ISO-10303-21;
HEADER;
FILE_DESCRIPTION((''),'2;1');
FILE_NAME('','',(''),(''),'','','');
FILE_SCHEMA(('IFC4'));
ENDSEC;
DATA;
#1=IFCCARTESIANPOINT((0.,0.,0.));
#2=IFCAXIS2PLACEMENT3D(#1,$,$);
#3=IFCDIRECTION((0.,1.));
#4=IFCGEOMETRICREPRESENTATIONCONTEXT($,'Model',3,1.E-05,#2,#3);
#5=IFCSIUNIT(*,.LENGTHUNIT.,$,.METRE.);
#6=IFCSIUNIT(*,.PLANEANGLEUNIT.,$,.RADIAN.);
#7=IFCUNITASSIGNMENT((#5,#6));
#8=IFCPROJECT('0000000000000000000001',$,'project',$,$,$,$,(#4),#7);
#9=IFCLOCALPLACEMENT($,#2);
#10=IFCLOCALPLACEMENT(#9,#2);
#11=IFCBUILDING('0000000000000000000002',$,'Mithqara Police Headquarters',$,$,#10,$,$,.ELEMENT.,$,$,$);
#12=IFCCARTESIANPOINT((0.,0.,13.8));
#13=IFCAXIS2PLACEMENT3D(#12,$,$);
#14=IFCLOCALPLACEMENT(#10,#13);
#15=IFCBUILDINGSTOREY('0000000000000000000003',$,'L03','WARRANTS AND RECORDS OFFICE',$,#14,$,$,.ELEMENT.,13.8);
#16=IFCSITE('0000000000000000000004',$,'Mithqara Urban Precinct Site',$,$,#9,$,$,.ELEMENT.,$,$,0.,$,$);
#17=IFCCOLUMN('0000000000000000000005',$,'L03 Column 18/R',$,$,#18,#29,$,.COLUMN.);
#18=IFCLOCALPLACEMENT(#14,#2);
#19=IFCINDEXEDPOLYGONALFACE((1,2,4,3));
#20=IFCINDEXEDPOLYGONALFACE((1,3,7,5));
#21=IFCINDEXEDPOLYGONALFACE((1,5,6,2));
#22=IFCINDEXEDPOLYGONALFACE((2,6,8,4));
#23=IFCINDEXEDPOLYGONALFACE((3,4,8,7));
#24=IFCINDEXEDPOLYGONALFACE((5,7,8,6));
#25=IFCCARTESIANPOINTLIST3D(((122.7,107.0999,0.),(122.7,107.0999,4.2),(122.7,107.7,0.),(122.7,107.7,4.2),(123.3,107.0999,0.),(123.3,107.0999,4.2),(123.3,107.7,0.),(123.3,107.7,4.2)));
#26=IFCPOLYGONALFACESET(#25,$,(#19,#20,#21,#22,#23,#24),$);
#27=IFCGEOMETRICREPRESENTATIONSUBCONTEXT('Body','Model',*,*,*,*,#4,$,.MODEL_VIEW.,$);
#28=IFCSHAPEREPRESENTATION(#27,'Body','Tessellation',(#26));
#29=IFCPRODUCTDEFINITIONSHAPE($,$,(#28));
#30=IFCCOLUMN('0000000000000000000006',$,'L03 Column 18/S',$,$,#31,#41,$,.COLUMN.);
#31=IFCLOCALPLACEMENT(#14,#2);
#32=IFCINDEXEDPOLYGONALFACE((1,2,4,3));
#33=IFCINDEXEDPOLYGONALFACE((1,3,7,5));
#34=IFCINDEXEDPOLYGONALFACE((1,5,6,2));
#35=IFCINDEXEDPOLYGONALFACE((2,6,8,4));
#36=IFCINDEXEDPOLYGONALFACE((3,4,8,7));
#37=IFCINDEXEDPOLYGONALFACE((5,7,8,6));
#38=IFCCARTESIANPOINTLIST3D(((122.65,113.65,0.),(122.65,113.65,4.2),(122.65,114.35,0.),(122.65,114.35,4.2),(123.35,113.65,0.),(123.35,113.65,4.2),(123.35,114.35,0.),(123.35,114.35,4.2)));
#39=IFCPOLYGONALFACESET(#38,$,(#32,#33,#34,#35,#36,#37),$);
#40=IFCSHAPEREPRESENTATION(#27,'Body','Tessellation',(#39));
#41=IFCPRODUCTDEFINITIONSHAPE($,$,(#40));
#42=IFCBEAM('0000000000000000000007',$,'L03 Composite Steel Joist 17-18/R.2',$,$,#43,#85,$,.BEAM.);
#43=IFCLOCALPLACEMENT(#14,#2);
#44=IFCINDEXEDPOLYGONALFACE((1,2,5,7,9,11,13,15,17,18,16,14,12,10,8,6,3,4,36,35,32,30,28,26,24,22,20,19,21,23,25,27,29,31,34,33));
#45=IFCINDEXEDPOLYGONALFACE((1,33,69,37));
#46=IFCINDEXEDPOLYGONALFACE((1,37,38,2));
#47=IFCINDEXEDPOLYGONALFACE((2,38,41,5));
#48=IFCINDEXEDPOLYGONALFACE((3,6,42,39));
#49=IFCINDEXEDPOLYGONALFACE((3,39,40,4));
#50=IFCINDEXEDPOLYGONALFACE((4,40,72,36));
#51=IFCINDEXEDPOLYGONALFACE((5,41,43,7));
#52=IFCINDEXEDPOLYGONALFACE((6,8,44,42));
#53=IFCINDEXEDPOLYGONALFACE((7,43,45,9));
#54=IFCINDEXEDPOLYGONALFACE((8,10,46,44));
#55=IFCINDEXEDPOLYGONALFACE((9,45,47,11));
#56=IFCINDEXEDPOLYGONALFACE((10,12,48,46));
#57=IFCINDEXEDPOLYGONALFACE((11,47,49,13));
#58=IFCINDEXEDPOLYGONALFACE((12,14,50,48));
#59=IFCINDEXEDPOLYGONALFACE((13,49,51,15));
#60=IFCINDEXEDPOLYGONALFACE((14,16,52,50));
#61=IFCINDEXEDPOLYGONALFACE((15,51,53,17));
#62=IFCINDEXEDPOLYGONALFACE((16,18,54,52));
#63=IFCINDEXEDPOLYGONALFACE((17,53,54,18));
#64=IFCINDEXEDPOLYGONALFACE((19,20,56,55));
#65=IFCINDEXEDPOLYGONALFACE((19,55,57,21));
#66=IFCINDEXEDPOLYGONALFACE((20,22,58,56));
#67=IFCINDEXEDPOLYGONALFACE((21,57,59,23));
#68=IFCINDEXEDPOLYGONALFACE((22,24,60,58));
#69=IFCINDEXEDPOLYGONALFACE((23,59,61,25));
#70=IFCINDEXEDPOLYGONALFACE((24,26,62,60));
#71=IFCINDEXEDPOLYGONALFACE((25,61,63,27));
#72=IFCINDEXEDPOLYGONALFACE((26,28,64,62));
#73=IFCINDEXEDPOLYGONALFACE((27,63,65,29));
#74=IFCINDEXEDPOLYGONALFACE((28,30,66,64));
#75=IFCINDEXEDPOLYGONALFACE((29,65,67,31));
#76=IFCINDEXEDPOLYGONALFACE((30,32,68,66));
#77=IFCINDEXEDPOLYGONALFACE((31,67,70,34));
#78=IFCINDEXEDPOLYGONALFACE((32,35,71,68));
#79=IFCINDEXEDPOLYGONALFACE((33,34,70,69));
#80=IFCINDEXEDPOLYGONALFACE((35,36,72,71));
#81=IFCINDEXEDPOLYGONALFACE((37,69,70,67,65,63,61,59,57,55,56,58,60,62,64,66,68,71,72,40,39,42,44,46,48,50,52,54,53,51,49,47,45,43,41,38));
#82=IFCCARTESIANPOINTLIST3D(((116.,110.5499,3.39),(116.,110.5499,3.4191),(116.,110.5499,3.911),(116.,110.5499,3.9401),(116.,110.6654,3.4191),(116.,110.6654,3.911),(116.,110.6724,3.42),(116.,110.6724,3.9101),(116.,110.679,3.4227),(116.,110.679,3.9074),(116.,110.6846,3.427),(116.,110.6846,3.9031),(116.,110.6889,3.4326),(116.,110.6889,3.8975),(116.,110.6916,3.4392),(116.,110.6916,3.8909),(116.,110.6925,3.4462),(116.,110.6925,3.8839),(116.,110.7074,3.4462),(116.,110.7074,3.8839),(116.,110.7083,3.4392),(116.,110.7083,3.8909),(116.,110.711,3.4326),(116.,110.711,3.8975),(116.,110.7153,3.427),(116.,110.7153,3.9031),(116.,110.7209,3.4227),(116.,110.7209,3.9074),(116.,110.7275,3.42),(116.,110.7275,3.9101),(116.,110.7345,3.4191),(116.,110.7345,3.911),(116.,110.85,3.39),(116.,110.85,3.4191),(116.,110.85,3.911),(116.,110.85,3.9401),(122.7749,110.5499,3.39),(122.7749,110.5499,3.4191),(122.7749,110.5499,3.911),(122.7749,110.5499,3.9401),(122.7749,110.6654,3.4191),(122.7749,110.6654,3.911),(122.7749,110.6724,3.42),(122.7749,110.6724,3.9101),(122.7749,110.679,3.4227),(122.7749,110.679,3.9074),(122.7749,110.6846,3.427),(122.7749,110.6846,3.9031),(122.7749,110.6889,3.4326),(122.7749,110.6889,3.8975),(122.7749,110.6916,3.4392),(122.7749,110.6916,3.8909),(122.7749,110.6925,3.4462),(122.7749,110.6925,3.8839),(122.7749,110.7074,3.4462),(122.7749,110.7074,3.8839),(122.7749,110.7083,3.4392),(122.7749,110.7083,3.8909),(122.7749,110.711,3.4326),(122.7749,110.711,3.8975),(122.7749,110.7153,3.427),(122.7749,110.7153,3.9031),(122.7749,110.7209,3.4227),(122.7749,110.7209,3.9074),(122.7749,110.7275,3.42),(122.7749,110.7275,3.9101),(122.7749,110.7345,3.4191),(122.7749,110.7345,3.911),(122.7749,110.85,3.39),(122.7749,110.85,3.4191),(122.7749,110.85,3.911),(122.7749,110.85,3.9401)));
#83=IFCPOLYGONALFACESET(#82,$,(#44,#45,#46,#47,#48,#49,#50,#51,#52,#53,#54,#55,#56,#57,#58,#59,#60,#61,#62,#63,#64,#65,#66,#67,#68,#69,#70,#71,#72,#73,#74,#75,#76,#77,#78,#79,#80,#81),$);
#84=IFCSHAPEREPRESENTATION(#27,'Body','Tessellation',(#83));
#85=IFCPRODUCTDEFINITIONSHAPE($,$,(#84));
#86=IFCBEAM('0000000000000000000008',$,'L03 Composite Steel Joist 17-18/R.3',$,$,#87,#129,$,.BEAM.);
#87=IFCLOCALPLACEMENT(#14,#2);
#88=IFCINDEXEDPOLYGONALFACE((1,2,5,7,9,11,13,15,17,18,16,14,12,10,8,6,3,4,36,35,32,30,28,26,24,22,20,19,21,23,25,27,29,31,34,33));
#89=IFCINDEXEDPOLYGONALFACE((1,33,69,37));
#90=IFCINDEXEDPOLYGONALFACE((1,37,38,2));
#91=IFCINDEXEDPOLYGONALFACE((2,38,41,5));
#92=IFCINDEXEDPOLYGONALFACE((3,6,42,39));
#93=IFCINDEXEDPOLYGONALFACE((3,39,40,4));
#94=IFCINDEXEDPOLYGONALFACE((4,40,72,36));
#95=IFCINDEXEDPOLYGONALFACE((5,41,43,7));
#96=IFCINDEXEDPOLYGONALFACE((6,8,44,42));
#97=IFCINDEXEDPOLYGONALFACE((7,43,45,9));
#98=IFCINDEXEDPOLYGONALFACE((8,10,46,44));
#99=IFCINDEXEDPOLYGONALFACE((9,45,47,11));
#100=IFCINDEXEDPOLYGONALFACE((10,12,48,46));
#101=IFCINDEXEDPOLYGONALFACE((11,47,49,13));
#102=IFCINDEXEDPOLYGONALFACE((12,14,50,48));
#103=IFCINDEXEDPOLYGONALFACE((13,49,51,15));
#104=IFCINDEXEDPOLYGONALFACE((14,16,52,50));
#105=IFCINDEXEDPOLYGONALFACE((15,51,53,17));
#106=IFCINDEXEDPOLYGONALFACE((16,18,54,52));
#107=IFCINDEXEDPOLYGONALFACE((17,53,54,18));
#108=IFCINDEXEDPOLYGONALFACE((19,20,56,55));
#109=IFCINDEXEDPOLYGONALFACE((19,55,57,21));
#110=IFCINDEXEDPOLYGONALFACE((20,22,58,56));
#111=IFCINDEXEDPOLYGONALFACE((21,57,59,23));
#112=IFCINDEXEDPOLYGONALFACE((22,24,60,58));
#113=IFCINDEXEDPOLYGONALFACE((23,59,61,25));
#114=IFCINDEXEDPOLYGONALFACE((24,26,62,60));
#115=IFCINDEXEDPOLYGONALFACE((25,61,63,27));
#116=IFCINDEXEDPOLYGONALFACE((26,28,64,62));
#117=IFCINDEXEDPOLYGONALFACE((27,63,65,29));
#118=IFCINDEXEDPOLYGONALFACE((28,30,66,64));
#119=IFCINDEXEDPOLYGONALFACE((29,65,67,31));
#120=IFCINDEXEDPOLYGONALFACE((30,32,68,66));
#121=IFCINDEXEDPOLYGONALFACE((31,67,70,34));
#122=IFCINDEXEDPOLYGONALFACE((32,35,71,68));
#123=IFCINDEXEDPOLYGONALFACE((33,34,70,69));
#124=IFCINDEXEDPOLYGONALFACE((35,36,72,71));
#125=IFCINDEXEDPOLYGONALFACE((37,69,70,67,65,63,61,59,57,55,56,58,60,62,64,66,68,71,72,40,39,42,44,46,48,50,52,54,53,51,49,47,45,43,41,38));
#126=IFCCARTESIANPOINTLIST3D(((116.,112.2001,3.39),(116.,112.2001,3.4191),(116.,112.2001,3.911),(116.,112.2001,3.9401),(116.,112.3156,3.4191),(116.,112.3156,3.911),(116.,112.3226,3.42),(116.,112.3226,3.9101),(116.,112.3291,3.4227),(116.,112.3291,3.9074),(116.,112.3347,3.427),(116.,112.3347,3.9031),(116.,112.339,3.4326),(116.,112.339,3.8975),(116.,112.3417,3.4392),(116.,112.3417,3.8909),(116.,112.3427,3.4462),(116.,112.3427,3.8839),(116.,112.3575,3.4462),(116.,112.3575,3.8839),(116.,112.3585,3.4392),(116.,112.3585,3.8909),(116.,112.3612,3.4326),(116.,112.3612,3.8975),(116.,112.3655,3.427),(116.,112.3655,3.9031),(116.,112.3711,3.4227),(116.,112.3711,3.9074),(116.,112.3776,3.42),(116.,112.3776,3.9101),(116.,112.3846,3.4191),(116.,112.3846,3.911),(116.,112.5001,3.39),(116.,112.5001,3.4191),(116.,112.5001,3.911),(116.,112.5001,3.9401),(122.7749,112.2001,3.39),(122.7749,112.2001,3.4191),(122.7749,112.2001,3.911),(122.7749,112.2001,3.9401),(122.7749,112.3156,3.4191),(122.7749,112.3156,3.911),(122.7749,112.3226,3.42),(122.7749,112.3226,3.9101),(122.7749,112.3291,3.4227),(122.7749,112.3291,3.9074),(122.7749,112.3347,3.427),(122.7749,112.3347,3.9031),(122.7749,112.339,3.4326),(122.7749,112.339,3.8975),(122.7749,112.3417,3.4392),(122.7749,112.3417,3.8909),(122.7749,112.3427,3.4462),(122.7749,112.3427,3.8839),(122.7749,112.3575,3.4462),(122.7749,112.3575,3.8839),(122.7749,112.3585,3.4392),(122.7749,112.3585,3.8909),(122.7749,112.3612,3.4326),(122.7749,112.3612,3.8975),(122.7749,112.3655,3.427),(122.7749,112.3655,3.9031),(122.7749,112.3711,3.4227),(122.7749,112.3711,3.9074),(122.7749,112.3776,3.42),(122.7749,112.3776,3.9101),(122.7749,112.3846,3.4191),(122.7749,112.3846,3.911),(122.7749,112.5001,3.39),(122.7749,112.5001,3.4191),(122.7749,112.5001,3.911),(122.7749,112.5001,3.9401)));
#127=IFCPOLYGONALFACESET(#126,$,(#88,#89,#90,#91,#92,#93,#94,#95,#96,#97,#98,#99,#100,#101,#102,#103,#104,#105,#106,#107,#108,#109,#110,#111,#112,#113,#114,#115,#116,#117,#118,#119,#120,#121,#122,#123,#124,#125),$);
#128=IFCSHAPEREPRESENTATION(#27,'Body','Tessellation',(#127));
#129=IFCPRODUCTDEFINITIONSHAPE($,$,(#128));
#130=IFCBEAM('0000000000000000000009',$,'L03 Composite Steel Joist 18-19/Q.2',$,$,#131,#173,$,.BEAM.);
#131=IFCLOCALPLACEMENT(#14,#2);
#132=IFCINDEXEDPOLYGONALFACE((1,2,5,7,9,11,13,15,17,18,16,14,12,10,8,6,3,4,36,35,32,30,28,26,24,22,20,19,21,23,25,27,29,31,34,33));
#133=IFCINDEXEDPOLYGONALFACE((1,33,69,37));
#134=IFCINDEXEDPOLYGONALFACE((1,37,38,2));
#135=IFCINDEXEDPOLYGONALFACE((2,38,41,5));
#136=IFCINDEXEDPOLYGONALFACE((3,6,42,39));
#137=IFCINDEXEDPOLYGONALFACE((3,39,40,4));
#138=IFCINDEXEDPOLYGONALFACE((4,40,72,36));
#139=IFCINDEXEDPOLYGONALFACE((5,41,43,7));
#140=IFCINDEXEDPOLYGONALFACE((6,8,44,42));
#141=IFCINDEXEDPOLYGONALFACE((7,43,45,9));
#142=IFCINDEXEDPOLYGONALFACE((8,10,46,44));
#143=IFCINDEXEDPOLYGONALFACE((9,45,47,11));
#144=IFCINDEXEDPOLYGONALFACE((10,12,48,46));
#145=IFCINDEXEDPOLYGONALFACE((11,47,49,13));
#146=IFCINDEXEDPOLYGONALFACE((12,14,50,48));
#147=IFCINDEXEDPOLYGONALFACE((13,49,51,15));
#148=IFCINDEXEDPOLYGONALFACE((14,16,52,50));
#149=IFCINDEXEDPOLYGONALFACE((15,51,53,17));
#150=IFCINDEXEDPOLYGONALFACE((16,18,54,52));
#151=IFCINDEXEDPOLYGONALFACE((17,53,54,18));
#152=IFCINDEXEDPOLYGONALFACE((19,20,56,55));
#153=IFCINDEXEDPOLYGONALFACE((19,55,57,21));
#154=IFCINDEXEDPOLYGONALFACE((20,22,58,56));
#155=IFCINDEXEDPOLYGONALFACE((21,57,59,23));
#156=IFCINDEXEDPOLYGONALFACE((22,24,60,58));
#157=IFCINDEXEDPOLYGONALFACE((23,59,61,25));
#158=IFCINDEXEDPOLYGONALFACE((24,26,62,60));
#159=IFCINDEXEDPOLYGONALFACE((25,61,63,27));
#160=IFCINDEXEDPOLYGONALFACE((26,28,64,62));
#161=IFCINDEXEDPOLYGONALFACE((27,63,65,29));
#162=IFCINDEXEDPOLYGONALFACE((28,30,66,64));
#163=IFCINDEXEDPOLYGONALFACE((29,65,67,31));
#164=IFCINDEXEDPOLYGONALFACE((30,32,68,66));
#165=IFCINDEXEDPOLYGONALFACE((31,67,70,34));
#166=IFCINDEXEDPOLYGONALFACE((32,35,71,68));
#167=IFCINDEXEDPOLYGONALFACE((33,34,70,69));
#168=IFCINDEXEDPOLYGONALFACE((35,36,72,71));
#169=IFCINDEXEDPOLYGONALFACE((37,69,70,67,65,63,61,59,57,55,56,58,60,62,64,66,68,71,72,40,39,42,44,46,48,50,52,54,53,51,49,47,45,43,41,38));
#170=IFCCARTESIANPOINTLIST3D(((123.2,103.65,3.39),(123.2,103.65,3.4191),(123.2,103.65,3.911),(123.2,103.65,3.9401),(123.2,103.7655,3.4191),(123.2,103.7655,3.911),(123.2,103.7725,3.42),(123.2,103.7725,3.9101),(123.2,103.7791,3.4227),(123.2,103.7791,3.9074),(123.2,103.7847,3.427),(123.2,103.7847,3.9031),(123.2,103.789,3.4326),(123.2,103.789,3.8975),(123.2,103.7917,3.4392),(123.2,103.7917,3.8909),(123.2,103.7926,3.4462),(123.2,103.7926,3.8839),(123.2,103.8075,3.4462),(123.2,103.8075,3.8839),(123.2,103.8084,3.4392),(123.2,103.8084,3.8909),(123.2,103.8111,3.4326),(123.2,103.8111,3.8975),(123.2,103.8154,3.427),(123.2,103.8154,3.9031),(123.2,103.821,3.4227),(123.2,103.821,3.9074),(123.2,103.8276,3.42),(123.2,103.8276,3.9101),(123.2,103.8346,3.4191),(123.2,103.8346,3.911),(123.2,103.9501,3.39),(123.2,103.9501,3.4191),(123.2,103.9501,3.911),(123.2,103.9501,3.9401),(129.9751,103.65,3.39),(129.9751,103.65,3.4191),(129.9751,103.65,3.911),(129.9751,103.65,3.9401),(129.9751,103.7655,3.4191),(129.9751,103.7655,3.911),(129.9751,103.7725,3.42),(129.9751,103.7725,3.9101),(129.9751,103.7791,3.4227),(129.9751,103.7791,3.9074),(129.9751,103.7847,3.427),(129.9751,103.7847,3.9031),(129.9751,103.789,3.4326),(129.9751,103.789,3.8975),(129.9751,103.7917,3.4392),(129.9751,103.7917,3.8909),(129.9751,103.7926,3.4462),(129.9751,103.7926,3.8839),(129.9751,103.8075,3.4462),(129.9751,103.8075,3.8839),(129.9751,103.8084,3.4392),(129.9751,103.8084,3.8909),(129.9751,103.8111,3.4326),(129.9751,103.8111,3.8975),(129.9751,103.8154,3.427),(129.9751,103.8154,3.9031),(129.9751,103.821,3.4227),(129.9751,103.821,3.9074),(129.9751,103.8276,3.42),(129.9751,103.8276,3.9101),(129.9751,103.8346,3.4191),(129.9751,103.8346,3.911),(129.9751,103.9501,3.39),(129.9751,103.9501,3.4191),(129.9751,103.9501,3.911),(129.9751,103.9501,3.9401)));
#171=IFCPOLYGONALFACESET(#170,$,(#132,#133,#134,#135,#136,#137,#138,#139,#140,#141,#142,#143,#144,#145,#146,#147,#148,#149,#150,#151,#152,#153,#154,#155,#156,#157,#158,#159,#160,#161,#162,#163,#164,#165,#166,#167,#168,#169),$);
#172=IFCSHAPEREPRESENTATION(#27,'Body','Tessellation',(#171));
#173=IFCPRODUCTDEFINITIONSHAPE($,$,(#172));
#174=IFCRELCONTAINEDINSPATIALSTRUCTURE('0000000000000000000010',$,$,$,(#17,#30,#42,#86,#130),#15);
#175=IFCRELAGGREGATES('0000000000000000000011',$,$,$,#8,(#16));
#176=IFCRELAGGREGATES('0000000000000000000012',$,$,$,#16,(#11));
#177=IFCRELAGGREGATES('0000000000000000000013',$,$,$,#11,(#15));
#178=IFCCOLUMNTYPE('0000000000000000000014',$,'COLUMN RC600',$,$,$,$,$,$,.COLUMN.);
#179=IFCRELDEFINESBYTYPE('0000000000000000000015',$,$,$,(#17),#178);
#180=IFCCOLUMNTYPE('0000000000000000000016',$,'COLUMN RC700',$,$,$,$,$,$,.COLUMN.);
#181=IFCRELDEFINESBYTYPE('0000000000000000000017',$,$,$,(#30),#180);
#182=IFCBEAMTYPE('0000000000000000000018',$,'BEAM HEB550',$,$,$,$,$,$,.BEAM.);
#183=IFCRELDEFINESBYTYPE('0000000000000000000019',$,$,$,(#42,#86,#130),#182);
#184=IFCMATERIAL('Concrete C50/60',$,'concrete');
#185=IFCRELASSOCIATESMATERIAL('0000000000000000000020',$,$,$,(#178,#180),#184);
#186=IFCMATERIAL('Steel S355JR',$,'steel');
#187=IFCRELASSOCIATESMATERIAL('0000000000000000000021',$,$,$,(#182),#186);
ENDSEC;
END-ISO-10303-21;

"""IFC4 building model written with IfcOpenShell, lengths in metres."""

from ifc_helpers import new_model, si_unit, direction, frame, origin, origin_2d, place, context, subcontext, project, spatial, rectangle, i_section, extrude, material, material_profile, profile_set, type_object, element, save


model = new_model("IFC4")

# Units and contexts
model_context = context("Model", 3, precision=1e-05, world=origin(), true_north=direction((0.0, 1.0)))
body_context = subcontext(model_context, "Body", "Model", "MODEL_VIEW")
ifc_project = project(units=[si_unit("LENGTHUNIT", "METRE"), si_unit("PLANEANGLEUNIT", "RADIAN")], contexts=[model_context])

# Site, building, storey
site_placement = place(None, origin())
site = spatial("IfcSite", under=ifc_project, at=site_placement, Name="Mithqara Urban Precinct Site", CompositionType="ELEMENT", RefElevation=0.0)
building_placement = place(site_placement, origin())
building = spatial("IfcBuilding", under=site, at=building_placement, Name="Mithqara Police Headquarters", CompositionType="ELEMENT")
storey_placement = place(building_placement, frame((0.0, 0.0, 13.8)))
storey = spatial("IfcBuildingStorey", under=building, at=storey_placement, Name="L03", Description="WARRANTS AND RECORDS OFFICE", CompositionType="ELEMENT", Elevation=13.8)

# Columns
ifc_material_1 = material(Name="Concrete C50/60", Category="concrete")
ifc_material_profile_1 = material_profile(ifc_material_1, rectangle(XDim=0.6001, YDim=0.6001, at=origin_2d()), Name="RC 600x600")
ifc_profile_set_1 = profile_set([ifc_material_profile_1], Name="Concrete C50/60")
column_type_1 = type_object("IfcColumnType", Name="COLUMN RC600", PredefinedType="COLUMN", material=ifc_profile_set_1)
column_1_placement = place(storey_placement, frame((123.0, 107.3999, 0.0), z_axis=(0.0, 0.0, 1.0), x_axis=(1.0, 0.0, 0.0)))
element("IfcColumn", 1, at=column_1_placement, inside=storey, type_object=column_type_1, Name="L03 Column 18/R", PredefinedType="COLUMN", context=body_context, shape_type="SweptSolid", body=[
    extrude(rectangle(XDim=0.6001, YDim=0.6001, at=origin_2d()), origin(), (0.0, 0.0, 1.0), 4.2),
])
ifc_material_profile_2 = material_profile(ifc_material_1, rectangle(XDim=0.7, YDim=0.7, at=origin_2d()), Name="RC 700x700")
ifc_profile_set_2 = profile_set([ifc_material_profile_2], Name="Concrete C50/60")
column_type_2 = type_object("IfcColumnType", Name="COLUMN RC700", PredefinedType="COLUMN", material=ifc_profile_set_2)
column_2_placement = place(storey_placement, frame((123.0, 114.0, 0.0), z_axis=(0.0, 0.0, 1.0), x_axis=(1.0, 0.0, 0.0)))
element("IfcColumn", 2, at=column_2_placement, inside=storey, type_object=column_type_2, Name="L03 Column 18/S", PredefinedType="COLUMN", context=body_context, shape_type="SweptSolid", body=[
    extrude(rectangle(XDim=0.7, YDim=0.7, at=origin_2d()), origin(), (0.0, 0.0, 1.0), 4.2),
])

# Beams
ifc_material_2 = material(Name="Steel S355JR", Category="steel")
ifc_material_profile_3 = material_profile(ifc_material_2, i_section(OverallWidth=0.3, OverallDepth=0.55, WebThickness=0.0149, FlangeThickness=0.0291, FilletRadius=0.0271, at=origin_2d()), Name="HEB 550")
ifc_profile_set_3 = profile_set([ifc_material_profile_3], Name="Steel S355JR")
beam_type_1 = type_object("IfcBeamType", Name="BEAM HEB550", PredefinedType="BEAM", material=ifc_profile_set_3)
for number, where, z_axis, x_axis, name in (
    (3, (116.0, 110.7, 3.665), (1.0, 0.0, 0.0), (0.0, 1.0, 0.0), "L03 Composite Steel Joist 17-18/R.2"),
    (4, (116.0, 112.3501, 3.665), (1.0, 0.0, 0.0), (0.0, 1.0, 0.0), "L03 Composite Steel Joist 17-18/R.3"),
):
    element("IfcBeam", number, at=place(storey_placement, frame(where, z_axis=z_axis, x_axis=x_axis)), inside=storey, type_object=beam_type_1, Name=name, PredefinedType="BEAM", context=body_context, shape_type="SweptSolid", body=[
        extrude(i_section(OverallWidth=0.3, OverallDepth=0.55, WebThickness=0.0149, FlangeThickness=0.0291, FilletRadius=0.0271, at=origin_2d()), origin(), (0.0, 0.0, 1.0), 6.7749),
    ])
for number, where, z_axis, x_axis, name in (
    (5, (123.2, 103.8, 3.665), (1.0, 0.0, 0.0), (0.0, 1.0, 0.0), "L03 Composite Steel Joist 18-19/Q.2"),
):
    element("IfcBeam", number, at=place(storey_placement, frame(where, z_axis=z_axis, x_axis=x_axis)), inside=storey, type_object=beam_type_1, Name=name, PredefinedType="BEAM", context=body_context, shape_type="SweptSolid", body=[
        extrude(i_section(OverallWidth=0.3, OverallDepth=0.55, WebThickness=0.0149, FlangeThickness=0.0291, FilletRadius=0.0271, at=origin_2d()), origin(), (0.0, 0.0, 1.0), 6.7751),
    ])

save(model, "model.ifc")
